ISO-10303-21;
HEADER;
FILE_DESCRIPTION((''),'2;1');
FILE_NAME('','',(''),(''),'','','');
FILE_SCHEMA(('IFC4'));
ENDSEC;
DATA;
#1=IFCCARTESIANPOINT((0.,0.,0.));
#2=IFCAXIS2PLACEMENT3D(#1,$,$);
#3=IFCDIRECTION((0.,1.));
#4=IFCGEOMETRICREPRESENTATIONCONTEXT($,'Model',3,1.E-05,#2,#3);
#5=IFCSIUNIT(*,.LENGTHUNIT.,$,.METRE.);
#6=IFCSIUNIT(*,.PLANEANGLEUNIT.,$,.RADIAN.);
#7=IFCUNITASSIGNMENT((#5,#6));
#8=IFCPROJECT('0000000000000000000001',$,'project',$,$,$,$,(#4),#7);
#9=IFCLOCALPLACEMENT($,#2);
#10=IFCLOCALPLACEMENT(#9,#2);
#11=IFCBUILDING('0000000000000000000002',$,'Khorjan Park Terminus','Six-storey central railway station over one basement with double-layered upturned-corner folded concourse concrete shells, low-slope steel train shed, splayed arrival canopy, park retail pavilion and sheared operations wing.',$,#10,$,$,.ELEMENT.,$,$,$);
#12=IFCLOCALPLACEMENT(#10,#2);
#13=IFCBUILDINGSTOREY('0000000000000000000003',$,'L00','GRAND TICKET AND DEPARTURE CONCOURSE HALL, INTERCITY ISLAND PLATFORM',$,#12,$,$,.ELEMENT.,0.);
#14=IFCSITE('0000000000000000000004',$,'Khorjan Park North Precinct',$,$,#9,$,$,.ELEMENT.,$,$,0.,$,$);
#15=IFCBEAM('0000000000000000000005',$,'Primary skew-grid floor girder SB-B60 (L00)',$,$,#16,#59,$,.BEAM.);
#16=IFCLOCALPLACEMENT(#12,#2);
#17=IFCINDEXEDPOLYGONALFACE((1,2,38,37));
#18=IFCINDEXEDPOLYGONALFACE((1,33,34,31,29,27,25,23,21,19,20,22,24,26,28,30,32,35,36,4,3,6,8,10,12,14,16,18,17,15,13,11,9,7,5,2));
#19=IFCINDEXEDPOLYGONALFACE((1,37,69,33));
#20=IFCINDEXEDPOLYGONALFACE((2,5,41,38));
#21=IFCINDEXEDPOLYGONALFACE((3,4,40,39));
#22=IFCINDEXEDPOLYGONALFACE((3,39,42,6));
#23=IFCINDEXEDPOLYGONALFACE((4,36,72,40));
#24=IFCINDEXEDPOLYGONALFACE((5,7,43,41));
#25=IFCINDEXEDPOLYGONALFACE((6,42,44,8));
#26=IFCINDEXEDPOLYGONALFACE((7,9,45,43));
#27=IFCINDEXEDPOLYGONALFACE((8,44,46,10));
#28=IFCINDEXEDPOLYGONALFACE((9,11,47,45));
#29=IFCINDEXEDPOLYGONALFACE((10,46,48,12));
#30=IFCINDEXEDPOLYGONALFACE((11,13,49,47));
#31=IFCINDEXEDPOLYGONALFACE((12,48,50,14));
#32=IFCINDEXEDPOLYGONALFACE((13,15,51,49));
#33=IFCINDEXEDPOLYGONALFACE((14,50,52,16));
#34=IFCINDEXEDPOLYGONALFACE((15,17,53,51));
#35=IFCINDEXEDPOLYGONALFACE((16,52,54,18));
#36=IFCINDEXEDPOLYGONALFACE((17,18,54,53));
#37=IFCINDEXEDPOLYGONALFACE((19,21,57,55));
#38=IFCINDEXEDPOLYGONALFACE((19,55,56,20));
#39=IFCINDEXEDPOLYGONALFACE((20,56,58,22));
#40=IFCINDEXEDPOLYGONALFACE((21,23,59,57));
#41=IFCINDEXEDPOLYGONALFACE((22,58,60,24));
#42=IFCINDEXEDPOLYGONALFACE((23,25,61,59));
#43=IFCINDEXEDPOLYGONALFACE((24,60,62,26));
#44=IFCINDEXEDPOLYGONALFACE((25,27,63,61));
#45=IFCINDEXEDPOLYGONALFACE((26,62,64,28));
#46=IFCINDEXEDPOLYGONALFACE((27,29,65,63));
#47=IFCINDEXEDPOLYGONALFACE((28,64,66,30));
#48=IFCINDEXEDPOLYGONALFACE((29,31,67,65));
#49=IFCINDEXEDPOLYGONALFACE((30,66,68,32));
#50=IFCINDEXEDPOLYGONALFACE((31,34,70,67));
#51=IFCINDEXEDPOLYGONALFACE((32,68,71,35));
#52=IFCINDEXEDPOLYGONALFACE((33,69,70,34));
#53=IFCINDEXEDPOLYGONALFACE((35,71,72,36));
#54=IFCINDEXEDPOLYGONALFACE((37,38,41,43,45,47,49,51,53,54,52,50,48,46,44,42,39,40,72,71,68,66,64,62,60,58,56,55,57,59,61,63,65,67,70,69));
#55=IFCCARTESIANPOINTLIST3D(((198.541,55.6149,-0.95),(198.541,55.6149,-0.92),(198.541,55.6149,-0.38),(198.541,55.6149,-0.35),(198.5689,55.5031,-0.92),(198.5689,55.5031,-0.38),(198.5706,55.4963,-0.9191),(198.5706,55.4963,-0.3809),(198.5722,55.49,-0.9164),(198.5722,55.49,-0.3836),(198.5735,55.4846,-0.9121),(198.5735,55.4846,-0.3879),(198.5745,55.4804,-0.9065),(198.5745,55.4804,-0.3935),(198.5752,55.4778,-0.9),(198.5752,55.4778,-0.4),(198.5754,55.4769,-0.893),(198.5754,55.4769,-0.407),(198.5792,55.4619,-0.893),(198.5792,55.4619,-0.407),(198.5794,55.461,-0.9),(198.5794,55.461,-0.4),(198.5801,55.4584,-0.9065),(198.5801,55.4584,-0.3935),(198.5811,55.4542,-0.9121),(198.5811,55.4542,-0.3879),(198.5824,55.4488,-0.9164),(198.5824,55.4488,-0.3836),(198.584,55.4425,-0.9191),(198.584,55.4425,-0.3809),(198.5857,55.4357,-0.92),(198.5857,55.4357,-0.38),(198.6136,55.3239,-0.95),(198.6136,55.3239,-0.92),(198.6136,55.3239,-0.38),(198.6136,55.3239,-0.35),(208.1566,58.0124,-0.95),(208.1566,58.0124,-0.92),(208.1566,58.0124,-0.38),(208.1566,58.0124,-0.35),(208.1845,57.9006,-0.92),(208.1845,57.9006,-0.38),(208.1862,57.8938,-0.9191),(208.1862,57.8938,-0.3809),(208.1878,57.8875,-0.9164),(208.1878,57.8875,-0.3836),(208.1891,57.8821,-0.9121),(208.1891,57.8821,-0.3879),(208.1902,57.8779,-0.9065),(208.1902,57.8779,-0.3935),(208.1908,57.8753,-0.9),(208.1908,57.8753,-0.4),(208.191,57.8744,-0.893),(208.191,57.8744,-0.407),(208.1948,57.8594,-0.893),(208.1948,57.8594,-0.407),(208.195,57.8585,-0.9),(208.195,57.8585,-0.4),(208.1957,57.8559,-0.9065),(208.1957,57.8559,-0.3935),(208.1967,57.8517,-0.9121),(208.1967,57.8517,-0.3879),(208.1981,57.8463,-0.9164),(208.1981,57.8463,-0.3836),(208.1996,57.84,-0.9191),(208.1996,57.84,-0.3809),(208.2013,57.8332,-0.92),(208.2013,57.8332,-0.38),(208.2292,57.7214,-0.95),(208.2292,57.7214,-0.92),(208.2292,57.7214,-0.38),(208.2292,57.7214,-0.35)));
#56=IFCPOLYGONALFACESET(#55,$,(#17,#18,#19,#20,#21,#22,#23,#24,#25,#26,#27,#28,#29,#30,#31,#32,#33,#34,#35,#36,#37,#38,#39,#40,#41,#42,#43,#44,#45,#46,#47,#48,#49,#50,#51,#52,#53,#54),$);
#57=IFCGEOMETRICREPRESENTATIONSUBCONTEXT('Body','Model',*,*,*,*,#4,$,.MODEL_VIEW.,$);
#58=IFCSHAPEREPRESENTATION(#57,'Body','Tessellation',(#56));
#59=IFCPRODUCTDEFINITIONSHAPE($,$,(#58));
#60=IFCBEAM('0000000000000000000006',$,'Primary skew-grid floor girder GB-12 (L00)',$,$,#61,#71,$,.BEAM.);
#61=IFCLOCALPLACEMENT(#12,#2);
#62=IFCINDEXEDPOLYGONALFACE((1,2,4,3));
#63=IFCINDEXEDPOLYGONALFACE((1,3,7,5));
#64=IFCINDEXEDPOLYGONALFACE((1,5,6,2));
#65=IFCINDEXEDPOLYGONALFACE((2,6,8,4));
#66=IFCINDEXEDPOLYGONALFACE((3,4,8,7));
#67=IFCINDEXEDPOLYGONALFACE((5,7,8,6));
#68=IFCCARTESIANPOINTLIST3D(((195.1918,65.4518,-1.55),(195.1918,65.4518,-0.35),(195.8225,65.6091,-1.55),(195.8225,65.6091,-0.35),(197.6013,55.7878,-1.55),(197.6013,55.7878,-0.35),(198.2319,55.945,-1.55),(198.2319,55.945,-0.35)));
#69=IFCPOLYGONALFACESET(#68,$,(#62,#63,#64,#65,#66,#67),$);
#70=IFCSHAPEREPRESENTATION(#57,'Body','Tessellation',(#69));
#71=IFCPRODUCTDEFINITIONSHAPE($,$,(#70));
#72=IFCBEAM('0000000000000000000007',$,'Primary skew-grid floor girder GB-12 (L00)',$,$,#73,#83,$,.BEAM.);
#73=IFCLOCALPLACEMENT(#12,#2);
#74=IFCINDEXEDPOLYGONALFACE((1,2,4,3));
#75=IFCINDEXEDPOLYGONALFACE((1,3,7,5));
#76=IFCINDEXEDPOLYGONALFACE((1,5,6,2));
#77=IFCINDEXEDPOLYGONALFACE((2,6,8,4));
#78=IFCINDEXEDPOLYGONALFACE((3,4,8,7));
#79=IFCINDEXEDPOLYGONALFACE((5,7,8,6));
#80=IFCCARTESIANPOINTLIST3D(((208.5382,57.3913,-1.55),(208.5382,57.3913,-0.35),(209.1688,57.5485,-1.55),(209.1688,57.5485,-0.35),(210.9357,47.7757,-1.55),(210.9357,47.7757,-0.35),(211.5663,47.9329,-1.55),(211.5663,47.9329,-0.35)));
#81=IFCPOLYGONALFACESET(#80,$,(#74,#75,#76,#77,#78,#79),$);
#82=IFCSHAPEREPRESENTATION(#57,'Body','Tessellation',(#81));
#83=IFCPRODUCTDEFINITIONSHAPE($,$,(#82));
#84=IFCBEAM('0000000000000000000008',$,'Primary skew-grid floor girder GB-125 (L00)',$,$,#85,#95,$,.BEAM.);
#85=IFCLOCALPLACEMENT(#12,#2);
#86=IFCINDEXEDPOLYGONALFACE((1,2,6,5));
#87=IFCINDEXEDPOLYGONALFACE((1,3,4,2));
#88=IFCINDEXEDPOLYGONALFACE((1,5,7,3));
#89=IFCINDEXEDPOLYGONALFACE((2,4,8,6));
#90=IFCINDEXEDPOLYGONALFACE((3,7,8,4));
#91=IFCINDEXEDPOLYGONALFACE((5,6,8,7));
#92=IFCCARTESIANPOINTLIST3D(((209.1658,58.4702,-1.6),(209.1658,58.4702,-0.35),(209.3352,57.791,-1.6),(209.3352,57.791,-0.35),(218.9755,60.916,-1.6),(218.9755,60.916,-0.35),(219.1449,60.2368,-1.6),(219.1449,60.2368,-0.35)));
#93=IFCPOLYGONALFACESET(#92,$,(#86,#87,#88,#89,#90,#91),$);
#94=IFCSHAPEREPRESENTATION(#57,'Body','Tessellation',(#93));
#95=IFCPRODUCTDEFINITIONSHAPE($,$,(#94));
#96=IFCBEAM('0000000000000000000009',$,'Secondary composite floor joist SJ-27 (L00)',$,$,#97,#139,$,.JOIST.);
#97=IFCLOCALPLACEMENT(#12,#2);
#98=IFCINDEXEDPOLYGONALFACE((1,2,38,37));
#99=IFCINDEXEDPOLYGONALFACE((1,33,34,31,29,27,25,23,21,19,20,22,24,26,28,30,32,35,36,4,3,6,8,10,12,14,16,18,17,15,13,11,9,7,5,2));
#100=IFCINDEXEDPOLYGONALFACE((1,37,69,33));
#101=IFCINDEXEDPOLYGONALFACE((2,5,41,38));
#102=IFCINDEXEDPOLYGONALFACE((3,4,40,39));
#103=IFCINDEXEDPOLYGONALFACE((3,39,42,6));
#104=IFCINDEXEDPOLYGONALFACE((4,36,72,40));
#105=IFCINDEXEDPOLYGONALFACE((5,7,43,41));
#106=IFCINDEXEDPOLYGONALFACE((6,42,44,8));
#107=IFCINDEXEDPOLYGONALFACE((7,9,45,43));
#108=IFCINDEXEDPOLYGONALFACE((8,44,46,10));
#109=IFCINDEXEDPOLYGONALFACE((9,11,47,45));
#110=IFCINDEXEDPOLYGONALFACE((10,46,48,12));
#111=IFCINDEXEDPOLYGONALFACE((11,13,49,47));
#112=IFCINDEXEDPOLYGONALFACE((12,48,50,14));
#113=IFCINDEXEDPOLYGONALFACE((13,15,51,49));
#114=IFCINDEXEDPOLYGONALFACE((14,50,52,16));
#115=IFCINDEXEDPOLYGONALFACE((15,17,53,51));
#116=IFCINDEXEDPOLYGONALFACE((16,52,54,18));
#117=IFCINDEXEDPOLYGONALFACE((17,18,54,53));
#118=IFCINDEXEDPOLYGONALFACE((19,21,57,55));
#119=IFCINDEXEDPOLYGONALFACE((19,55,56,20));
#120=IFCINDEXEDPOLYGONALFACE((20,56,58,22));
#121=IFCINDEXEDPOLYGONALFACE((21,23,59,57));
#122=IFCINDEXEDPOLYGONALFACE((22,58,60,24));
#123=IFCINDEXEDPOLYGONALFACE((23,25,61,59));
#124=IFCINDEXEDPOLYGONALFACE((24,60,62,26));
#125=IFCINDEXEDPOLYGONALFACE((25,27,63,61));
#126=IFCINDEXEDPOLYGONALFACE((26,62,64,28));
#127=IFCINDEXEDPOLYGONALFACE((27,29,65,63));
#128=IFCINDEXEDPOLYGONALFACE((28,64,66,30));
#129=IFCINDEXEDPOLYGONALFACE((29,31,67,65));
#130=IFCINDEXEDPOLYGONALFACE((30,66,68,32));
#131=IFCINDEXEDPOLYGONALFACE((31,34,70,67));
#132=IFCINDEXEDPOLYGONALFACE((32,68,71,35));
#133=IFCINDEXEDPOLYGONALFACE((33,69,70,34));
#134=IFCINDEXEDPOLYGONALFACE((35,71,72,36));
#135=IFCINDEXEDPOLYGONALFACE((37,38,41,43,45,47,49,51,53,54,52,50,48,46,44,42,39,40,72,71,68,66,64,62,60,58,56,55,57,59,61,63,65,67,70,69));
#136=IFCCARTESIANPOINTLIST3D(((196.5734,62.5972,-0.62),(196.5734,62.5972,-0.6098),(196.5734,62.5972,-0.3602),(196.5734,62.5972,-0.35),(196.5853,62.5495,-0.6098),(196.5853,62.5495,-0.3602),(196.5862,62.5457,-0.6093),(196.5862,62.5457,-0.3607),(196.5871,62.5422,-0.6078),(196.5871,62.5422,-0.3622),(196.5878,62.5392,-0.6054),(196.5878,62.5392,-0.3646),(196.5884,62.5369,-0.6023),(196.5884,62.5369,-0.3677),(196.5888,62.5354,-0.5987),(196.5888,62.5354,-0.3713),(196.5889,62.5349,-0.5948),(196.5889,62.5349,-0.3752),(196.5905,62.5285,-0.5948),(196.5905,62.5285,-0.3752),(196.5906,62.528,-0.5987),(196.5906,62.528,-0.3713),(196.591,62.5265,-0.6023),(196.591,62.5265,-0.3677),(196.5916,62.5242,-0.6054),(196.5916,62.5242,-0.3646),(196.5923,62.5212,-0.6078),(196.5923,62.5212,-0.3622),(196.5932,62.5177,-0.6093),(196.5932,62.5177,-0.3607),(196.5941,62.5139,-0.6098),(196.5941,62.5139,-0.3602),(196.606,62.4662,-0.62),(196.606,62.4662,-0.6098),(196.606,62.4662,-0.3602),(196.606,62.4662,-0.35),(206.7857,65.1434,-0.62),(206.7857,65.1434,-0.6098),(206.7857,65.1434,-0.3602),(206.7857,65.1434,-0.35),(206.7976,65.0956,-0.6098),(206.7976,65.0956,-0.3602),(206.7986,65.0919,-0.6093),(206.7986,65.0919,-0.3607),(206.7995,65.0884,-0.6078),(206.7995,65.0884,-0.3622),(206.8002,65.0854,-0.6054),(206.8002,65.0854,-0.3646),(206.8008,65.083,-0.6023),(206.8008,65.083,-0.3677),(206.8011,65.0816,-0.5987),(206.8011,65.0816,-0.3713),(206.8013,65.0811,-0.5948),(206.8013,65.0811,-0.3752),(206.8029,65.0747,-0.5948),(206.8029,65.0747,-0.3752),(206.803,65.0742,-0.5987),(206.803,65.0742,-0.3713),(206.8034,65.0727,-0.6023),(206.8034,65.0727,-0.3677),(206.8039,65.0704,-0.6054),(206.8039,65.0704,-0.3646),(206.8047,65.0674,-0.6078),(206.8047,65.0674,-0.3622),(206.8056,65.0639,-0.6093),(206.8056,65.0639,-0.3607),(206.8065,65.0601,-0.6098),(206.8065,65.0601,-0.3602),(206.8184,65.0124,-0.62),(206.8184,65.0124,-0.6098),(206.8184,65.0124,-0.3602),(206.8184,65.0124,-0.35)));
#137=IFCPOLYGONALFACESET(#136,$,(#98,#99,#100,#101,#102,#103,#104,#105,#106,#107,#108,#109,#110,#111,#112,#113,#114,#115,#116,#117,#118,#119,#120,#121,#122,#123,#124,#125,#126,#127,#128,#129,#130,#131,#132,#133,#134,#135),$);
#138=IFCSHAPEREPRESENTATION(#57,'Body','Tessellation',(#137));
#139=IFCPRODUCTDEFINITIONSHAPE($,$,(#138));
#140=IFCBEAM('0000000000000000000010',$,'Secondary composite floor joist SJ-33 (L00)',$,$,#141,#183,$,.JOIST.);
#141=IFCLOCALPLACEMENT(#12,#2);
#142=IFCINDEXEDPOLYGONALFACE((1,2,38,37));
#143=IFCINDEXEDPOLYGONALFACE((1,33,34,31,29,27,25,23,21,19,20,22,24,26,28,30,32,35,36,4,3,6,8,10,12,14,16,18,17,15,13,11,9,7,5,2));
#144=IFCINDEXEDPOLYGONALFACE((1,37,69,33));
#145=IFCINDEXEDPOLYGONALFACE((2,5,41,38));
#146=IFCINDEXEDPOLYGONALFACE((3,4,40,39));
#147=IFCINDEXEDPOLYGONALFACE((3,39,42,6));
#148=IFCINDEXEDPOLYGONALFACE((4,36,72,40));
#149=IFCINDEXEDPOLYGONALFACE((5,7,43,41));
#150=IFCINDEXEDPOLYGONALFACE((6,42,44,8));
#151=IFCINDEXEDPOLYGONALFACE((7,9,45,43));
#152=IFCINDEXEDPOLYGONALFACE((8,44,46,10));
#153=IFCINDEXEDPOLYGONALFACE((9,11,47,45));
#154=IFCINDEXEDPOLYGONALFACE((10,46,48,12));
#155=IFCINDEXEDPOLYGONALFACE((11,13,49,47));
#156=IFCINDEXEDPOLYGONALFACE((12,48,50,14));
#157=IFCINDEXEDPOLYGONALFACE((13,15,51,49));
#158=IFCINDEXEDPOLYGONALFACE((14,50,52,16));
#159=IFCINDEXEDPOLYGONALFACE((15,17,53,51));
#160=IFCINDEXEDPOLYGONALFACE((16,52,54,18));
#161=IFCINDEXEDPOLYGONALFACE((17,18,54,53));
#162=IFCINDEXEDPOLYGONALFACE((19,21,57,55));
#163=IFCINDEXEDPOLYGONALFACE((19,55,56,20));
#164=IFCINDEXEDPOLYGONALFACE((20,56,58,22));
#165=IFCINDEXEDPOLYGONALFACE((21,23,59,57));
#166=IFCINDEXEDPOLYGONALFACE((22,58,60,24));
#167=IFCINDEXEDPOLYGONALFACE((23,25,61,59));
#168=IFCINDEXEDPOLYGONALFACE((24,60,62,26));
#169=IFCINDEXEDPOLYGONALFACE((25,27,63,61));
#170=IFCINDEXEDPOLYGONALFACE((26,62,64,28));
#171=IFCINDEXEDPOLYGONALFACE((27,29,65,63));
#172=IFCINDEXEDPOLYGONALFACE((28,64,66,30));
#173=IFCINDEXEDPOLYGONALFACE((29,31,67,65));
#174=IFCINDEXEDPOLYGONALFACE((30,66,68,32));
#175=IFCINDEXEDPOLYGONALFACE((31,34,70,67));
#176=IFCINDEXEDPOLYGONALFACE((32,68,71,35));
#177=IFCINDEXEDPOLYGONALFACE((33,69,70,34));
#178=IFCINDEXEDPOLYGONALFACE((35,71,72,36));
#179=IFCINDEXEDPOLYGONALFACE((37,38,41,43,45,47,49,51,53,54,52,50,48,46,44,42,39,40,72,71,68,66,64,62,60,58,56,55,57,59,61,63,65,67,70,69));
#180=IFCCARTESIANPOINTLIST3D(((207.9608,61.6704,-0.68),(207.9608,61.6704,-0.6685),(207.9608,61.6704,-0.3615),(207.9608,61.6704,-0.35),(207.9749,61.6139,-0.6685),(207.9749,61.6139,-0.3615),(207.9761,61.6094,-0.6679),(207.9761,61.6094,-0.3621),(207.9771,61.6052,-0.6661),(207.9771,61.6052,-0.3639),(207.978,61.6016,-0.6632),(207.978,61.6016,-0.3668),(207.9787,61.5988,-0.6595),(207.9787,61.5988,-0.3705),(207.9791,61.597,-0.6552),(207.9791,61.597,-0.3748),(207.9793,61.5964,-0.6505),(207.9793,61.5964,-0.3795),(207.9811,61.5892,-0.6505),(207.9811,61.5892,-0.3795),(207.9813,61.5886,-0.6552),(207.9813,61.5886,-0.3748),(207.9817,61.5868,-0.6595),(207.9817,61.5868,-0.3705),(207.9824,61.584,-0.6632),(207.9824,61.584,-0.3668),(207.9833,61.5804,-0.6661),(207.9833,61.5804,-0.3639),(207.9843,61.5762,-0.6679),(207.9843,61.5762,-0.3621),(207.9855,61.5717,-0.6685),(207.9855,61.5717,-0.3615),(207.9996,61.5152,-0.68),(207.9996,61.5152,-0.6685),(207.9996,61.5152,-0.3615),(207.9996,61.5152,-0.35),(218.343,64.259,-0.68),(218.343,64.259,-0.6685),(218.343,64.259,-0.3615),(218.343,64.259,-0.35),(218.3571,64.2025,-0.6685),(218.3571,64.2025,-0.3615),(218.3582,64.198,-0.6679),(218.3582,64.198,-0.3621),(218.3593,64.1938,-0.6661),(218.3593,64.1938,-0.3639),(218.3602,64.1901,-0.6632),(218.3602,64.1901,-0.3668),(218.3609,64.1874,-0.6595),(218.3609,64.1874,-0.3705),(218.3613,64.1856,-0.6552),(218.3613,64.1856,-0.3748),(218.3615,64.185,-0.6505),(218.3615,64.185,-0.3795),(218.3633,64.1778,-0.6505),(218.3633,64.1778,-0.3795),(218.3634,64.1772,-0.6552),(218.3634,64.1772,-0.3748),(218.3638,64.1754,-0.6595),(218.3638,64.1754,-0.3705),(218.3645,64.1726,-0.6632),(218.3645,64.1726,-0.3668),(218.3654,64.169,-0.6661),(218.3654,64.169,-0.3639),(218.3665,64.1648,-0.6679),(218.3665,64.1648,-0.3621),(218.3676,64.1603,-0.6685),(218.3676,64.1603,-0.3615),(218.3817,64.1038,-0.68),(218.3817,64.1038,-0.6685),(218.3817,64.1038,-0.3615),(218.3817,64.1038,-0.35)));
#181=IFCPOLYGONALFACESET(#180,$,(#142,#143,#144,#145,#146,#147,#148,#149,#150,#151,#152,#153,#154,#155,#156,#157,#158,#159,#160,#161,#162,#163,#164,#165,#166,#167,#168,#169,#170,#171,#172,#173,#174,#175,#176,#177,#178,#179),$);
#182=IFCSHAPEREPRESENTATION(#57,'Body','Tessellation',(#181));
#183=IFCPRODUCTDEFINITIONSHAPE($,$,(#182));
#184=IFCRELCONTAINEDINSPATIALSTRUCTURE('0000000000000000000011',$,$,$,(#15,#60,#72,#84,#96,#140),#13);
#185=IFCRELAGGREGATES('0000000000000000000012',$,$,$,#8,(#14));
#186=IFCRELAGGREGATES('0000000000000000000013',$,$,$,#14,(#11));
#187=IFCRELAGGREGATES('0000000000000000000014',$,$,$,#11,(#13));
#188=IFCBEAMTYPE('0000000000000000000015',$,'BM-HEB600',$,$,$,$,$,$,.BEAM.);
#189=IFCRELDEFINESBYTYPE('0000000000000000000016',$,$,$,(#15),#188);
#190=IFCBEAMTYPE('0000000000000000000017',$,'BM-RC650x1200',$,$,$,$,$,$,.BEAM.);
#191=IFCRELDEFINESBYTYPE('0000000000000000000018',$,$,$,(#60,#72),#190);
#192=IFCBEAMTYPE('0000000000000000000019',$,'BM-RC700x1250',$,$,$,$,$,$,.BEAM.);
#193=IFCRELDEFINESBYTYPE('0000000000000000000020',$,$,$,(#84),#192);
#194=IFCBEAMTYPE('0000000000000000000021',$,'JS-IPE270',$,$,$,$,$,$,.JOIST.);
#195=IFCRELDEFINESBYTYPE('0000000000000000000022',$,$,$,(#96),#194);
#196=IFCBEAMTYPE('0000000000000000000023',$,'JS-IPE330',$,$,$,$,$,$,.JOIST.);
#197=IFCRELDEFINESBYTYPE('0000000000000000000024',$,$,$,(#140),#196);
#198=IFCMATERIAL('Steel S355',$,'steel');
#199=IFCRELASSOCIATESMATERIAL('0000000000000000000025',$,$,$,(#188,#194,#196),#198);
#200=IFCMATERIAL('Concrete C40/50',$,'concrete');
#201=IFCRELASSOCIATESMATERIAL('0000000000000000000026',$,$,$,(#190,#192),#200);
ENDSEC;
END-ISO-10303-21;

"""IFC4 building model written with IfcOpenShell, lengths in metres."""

from ifc_helpers import new_model, si_unit, direction, frame, origin, origin_2d, place, context, subcontext, project, spatial, rectangle, i_section, extrude, material, material_profile, profile_set, type_object, element, save


model = new_model("IFC4")

# Units and contexts
model_context = context("Model", 3, precision=1e-05, world=origin(), true_north=direction((0.0, 1.0)))
body_context = subcontext(model_context, "Body", "Model", "MODEL_VIEW")
ifc_project = project(units=[si_unit("LENGTHUNIT", "METRE"), si_unit("PLANEANGLEUNIT", "RADIAN")], contexts=[model_context])

# Site, building, storey
site_placement = place(None, origin())
site = spatial("IfcSite", under=ifc_project, at=site_placement, Name="Khorjan Park North Precinct", CompositionType="ELEMENT", RefElevation=0.0)
building_placement = place(site_placement, origin())
building = spatial("IfcBuilding", under=site, at=building_placement, Name="Khorjan Park Terminus", Description="Six-storey central railway station over one basement with double-layered upturned-corner folded concourse concrete shells, low-slope steel train shed, splayed arrival canopy, park retail pavilion and sheared operations wing.", CompositionType="ELEMENT")
storey_placement = place(building_placement, origin())
storey = spatial("IfcBuildingStorey", under=building, at=storey_placement, Name="L00", Description="GRAND TICKET AND DEPARTURE CONCOURSE HALL, INTERCITY ISLAND PLATFORM", CompositionType="ELEMENT", Elevation=0.0)

# Beams
ifc_material_1 = material(Name="Steel S355", Category="steel")
ifc_material_profile_1 = material_profile(ifc_material_1, i_section(OverallWidth=0.3, OverallDepth=0.6, WebThickness=0.0155, FlangeThickness=0.03, FilletRadius=0.027, at=origin_2d()), Name="HEB 600")
ifc_profile_set_1 = profile_set([ifc_material_profile_1], Name="Steel S355")
beam_type_1 = type_object("IfcBeamType", Name="BM-HEB600", PredefinedType="BEAM", material=ifc_profile_set_1)
beam_1_placement = place(storey_placement, frame((198.5773, 55.4694, -0.65), z_axis=(0.970294, 0.241928, 0.0), x_axis=(-0.241928, 0.970294, 0.0)))
element("IfcBeam", 1, at=beam_1_placement, inside=storey, type_object=beam_type_1, Name="Primary skew-grid floor girder SB-B60 (L00)", PredefinedType="BEAM", context=body_context, shape_type="SweptSolid", body=[
    extrude(i_section(OverallWidth=0.3, OverallDepth=0.6, WebThickness=0.0155, FlangeThickness=0.03, FilletRadius=0.027, at=origin_2d()), origin(), (0.0, 0.0, 1.0), 9.91),
])
ifc_material_2 = material(Name="Concrete C40/50", Category="concrete")
ifc_material_profile_2 = material_profile(ifc_material_2, rectangle(XDim=0.65, YDim=1.2, at=origin_2d()), Name="RC 650x1200")
ifc_profile_set_2 = profile_set([ifc_material_profile_2], Name="Concrete C40/50")
beam_type_2 = type_object("IfcBeamType", Name="BM-RC650x1200", PredefinedType="BEAM", material=ifc_profile_set_2)
beam_2_placement = place(storey_placement, frame((197.9166, 55.8664, -0.95), z_axis=(-0.241919, 0.970296, 0.0), x_axis=(-0.970296, -0.241919, 0.0)))
element("IfcBeam", 2, at=beam_2_placement, inside=storey, type_object=beam_type_2, Name="Primary skew-grid floor girder GB-12 (L00)", PredefinedType="BEAM", context=body_context, shape_type="SweptSolid", body=[
    extrude(rectangle(XDim=0.65, YDim=1.2, at=origin_2d()), origin(), (0.0, 0.0, 1.0), 9.9599),
])
beam_3_placement = place(storey_placement, frame((211.251, 47.8543, -0.95), z_axis=(-0.241928, 0.970294, 0.0), x_axis=(-0.970294, -0.241928, 0.0)))
element("IfcBeam", 3, at=beam_3_placement, inside=storey, type_object=beam_type_2, Name="Primary skew-grid floor girder GB-12 (L00)", PredefinedType="BEAM", context=body_context, shape_type="SweptSolid", body=[
    extrude(rectangle(XDim=0.65, YDim=1.2, at=origin_2d()), origin(), (0.0, 0.0, 1.0), 9.91),
])
ifc_material_profile_3 = material_profile(ifc_material_2, rectangle(XDim=0.7, YDim=1.25, at=origin_2d()), Name="RC 700x1250")
ifc_profile_set_3 = profile_set([ifc_material_profile_3], Name="Concrete C40/50")
beam_type_3 = type_object("IfcBeamType", Name="BM-RC700x1250", PredefinedType="BEAM", material=ifc_profile_set_3)
beam_4_placement = place(storey_placement, frame((209.2505, 58.1306, -0.975), z_axis=(0.970296, 0.241919, 0.0), x_axis=(-0.241919, 0.970296, 0.0)))
element("IfcBeam", 4, at=beam_4_placement, inside=storey, type_object=beam_type_3, Name="Primary skew-grid floor girder GB-125 (L00)", PredefinedType="BEAM", context=body_context, shape_type="SweptSolid", body=[
    extrude(rectangle(XDim=0.7, YDim=1.25, at=origin_2d()), origin(), (0.0, 0.0, 1.0), 10.11),
])
ifc_material_profile_4 = material_profile(ifc_material_1, i_section(OverallWidth=0.135, OverallDepth=0.27, WebThickness=0.0066, FlangeThickness=0.0102, FilletRadius=0.015, at=origin_2d()), Name="IPE 270")
ifc_profile_set_4 = profile_set([ifc_material_profile_4], Name="Steel S355")
beam_type_4 = type_object("IfcBeamType", Name="JS-IPE270", PredefinedType="JOIST", material=ifc_profile_set_4)
beam_5_placement = place(storey_placement, frame((196.5897, 62.5317, -0.485), z_axis=(0.970297, 0.241919, 0.0), x_axis=(-0.241919, 0.970297, 0.0)))
element("IfcBeam", 5, at=beam_5_placement, inside=storey, type_object=beam_type_4, Name="Secondary composite floor joist SJ-27 (L00)", PredefinedType="JOIST", context=body_context, shape_type="SweptSolid", body=[
    extrude(i_section(OverallWidth=0.135, OverallDepth=0.27, WebThickness=0.0066, FlangeThickness=0.0102, FilletRadius=0.015, at=origin_2d()), origin(), (0.0, 0.0, 1.0), 10.525),
])
ifc_material_profile_5 = material_profile(ifc_material_1, i_section(OverallWidth=0.16, OverallDepth=0.33, WebThickness=0.0075, FlangeThickness=0.0115, FilletRadius=0.018, at=origin_2d()), Name="IPE 330")
ifc_profile_set_5 = profile_set([ifc_material_profile_5], Name="Steel S355")
beam_type_5 = type_object("IfcBeamType", Name="JS-IPE330", PredefinedType="JOIST", material=ifc_profile_set_5)
beam_6_placement = place(storey_placement, frame((207.9802, 61.5928, -0.515), z_axis=(0.970295, 0.241924, 0.0), x_axis=(-0.241924, 0.970295, 0.0)))
element("IfcBeam", 6, at=beam_6_placement, inside=storey, type_object=beam_type_5, Name="Secondary composite floor joist SJ-33 (L00)", PredefinedType="JOIST", context=body_context, shape_type="SweptSolid", body=[
    extrude(i_section(OverallWidth=0.16, OverallDepth=0.33, WebThickness=0.0075, FlangeThickness=0.0115, FilletRadius=0.018, at=origin_2d()), origin(), (0.0, 0.0, 1.0), 10.7),
])

save(model, "model.ifc")
